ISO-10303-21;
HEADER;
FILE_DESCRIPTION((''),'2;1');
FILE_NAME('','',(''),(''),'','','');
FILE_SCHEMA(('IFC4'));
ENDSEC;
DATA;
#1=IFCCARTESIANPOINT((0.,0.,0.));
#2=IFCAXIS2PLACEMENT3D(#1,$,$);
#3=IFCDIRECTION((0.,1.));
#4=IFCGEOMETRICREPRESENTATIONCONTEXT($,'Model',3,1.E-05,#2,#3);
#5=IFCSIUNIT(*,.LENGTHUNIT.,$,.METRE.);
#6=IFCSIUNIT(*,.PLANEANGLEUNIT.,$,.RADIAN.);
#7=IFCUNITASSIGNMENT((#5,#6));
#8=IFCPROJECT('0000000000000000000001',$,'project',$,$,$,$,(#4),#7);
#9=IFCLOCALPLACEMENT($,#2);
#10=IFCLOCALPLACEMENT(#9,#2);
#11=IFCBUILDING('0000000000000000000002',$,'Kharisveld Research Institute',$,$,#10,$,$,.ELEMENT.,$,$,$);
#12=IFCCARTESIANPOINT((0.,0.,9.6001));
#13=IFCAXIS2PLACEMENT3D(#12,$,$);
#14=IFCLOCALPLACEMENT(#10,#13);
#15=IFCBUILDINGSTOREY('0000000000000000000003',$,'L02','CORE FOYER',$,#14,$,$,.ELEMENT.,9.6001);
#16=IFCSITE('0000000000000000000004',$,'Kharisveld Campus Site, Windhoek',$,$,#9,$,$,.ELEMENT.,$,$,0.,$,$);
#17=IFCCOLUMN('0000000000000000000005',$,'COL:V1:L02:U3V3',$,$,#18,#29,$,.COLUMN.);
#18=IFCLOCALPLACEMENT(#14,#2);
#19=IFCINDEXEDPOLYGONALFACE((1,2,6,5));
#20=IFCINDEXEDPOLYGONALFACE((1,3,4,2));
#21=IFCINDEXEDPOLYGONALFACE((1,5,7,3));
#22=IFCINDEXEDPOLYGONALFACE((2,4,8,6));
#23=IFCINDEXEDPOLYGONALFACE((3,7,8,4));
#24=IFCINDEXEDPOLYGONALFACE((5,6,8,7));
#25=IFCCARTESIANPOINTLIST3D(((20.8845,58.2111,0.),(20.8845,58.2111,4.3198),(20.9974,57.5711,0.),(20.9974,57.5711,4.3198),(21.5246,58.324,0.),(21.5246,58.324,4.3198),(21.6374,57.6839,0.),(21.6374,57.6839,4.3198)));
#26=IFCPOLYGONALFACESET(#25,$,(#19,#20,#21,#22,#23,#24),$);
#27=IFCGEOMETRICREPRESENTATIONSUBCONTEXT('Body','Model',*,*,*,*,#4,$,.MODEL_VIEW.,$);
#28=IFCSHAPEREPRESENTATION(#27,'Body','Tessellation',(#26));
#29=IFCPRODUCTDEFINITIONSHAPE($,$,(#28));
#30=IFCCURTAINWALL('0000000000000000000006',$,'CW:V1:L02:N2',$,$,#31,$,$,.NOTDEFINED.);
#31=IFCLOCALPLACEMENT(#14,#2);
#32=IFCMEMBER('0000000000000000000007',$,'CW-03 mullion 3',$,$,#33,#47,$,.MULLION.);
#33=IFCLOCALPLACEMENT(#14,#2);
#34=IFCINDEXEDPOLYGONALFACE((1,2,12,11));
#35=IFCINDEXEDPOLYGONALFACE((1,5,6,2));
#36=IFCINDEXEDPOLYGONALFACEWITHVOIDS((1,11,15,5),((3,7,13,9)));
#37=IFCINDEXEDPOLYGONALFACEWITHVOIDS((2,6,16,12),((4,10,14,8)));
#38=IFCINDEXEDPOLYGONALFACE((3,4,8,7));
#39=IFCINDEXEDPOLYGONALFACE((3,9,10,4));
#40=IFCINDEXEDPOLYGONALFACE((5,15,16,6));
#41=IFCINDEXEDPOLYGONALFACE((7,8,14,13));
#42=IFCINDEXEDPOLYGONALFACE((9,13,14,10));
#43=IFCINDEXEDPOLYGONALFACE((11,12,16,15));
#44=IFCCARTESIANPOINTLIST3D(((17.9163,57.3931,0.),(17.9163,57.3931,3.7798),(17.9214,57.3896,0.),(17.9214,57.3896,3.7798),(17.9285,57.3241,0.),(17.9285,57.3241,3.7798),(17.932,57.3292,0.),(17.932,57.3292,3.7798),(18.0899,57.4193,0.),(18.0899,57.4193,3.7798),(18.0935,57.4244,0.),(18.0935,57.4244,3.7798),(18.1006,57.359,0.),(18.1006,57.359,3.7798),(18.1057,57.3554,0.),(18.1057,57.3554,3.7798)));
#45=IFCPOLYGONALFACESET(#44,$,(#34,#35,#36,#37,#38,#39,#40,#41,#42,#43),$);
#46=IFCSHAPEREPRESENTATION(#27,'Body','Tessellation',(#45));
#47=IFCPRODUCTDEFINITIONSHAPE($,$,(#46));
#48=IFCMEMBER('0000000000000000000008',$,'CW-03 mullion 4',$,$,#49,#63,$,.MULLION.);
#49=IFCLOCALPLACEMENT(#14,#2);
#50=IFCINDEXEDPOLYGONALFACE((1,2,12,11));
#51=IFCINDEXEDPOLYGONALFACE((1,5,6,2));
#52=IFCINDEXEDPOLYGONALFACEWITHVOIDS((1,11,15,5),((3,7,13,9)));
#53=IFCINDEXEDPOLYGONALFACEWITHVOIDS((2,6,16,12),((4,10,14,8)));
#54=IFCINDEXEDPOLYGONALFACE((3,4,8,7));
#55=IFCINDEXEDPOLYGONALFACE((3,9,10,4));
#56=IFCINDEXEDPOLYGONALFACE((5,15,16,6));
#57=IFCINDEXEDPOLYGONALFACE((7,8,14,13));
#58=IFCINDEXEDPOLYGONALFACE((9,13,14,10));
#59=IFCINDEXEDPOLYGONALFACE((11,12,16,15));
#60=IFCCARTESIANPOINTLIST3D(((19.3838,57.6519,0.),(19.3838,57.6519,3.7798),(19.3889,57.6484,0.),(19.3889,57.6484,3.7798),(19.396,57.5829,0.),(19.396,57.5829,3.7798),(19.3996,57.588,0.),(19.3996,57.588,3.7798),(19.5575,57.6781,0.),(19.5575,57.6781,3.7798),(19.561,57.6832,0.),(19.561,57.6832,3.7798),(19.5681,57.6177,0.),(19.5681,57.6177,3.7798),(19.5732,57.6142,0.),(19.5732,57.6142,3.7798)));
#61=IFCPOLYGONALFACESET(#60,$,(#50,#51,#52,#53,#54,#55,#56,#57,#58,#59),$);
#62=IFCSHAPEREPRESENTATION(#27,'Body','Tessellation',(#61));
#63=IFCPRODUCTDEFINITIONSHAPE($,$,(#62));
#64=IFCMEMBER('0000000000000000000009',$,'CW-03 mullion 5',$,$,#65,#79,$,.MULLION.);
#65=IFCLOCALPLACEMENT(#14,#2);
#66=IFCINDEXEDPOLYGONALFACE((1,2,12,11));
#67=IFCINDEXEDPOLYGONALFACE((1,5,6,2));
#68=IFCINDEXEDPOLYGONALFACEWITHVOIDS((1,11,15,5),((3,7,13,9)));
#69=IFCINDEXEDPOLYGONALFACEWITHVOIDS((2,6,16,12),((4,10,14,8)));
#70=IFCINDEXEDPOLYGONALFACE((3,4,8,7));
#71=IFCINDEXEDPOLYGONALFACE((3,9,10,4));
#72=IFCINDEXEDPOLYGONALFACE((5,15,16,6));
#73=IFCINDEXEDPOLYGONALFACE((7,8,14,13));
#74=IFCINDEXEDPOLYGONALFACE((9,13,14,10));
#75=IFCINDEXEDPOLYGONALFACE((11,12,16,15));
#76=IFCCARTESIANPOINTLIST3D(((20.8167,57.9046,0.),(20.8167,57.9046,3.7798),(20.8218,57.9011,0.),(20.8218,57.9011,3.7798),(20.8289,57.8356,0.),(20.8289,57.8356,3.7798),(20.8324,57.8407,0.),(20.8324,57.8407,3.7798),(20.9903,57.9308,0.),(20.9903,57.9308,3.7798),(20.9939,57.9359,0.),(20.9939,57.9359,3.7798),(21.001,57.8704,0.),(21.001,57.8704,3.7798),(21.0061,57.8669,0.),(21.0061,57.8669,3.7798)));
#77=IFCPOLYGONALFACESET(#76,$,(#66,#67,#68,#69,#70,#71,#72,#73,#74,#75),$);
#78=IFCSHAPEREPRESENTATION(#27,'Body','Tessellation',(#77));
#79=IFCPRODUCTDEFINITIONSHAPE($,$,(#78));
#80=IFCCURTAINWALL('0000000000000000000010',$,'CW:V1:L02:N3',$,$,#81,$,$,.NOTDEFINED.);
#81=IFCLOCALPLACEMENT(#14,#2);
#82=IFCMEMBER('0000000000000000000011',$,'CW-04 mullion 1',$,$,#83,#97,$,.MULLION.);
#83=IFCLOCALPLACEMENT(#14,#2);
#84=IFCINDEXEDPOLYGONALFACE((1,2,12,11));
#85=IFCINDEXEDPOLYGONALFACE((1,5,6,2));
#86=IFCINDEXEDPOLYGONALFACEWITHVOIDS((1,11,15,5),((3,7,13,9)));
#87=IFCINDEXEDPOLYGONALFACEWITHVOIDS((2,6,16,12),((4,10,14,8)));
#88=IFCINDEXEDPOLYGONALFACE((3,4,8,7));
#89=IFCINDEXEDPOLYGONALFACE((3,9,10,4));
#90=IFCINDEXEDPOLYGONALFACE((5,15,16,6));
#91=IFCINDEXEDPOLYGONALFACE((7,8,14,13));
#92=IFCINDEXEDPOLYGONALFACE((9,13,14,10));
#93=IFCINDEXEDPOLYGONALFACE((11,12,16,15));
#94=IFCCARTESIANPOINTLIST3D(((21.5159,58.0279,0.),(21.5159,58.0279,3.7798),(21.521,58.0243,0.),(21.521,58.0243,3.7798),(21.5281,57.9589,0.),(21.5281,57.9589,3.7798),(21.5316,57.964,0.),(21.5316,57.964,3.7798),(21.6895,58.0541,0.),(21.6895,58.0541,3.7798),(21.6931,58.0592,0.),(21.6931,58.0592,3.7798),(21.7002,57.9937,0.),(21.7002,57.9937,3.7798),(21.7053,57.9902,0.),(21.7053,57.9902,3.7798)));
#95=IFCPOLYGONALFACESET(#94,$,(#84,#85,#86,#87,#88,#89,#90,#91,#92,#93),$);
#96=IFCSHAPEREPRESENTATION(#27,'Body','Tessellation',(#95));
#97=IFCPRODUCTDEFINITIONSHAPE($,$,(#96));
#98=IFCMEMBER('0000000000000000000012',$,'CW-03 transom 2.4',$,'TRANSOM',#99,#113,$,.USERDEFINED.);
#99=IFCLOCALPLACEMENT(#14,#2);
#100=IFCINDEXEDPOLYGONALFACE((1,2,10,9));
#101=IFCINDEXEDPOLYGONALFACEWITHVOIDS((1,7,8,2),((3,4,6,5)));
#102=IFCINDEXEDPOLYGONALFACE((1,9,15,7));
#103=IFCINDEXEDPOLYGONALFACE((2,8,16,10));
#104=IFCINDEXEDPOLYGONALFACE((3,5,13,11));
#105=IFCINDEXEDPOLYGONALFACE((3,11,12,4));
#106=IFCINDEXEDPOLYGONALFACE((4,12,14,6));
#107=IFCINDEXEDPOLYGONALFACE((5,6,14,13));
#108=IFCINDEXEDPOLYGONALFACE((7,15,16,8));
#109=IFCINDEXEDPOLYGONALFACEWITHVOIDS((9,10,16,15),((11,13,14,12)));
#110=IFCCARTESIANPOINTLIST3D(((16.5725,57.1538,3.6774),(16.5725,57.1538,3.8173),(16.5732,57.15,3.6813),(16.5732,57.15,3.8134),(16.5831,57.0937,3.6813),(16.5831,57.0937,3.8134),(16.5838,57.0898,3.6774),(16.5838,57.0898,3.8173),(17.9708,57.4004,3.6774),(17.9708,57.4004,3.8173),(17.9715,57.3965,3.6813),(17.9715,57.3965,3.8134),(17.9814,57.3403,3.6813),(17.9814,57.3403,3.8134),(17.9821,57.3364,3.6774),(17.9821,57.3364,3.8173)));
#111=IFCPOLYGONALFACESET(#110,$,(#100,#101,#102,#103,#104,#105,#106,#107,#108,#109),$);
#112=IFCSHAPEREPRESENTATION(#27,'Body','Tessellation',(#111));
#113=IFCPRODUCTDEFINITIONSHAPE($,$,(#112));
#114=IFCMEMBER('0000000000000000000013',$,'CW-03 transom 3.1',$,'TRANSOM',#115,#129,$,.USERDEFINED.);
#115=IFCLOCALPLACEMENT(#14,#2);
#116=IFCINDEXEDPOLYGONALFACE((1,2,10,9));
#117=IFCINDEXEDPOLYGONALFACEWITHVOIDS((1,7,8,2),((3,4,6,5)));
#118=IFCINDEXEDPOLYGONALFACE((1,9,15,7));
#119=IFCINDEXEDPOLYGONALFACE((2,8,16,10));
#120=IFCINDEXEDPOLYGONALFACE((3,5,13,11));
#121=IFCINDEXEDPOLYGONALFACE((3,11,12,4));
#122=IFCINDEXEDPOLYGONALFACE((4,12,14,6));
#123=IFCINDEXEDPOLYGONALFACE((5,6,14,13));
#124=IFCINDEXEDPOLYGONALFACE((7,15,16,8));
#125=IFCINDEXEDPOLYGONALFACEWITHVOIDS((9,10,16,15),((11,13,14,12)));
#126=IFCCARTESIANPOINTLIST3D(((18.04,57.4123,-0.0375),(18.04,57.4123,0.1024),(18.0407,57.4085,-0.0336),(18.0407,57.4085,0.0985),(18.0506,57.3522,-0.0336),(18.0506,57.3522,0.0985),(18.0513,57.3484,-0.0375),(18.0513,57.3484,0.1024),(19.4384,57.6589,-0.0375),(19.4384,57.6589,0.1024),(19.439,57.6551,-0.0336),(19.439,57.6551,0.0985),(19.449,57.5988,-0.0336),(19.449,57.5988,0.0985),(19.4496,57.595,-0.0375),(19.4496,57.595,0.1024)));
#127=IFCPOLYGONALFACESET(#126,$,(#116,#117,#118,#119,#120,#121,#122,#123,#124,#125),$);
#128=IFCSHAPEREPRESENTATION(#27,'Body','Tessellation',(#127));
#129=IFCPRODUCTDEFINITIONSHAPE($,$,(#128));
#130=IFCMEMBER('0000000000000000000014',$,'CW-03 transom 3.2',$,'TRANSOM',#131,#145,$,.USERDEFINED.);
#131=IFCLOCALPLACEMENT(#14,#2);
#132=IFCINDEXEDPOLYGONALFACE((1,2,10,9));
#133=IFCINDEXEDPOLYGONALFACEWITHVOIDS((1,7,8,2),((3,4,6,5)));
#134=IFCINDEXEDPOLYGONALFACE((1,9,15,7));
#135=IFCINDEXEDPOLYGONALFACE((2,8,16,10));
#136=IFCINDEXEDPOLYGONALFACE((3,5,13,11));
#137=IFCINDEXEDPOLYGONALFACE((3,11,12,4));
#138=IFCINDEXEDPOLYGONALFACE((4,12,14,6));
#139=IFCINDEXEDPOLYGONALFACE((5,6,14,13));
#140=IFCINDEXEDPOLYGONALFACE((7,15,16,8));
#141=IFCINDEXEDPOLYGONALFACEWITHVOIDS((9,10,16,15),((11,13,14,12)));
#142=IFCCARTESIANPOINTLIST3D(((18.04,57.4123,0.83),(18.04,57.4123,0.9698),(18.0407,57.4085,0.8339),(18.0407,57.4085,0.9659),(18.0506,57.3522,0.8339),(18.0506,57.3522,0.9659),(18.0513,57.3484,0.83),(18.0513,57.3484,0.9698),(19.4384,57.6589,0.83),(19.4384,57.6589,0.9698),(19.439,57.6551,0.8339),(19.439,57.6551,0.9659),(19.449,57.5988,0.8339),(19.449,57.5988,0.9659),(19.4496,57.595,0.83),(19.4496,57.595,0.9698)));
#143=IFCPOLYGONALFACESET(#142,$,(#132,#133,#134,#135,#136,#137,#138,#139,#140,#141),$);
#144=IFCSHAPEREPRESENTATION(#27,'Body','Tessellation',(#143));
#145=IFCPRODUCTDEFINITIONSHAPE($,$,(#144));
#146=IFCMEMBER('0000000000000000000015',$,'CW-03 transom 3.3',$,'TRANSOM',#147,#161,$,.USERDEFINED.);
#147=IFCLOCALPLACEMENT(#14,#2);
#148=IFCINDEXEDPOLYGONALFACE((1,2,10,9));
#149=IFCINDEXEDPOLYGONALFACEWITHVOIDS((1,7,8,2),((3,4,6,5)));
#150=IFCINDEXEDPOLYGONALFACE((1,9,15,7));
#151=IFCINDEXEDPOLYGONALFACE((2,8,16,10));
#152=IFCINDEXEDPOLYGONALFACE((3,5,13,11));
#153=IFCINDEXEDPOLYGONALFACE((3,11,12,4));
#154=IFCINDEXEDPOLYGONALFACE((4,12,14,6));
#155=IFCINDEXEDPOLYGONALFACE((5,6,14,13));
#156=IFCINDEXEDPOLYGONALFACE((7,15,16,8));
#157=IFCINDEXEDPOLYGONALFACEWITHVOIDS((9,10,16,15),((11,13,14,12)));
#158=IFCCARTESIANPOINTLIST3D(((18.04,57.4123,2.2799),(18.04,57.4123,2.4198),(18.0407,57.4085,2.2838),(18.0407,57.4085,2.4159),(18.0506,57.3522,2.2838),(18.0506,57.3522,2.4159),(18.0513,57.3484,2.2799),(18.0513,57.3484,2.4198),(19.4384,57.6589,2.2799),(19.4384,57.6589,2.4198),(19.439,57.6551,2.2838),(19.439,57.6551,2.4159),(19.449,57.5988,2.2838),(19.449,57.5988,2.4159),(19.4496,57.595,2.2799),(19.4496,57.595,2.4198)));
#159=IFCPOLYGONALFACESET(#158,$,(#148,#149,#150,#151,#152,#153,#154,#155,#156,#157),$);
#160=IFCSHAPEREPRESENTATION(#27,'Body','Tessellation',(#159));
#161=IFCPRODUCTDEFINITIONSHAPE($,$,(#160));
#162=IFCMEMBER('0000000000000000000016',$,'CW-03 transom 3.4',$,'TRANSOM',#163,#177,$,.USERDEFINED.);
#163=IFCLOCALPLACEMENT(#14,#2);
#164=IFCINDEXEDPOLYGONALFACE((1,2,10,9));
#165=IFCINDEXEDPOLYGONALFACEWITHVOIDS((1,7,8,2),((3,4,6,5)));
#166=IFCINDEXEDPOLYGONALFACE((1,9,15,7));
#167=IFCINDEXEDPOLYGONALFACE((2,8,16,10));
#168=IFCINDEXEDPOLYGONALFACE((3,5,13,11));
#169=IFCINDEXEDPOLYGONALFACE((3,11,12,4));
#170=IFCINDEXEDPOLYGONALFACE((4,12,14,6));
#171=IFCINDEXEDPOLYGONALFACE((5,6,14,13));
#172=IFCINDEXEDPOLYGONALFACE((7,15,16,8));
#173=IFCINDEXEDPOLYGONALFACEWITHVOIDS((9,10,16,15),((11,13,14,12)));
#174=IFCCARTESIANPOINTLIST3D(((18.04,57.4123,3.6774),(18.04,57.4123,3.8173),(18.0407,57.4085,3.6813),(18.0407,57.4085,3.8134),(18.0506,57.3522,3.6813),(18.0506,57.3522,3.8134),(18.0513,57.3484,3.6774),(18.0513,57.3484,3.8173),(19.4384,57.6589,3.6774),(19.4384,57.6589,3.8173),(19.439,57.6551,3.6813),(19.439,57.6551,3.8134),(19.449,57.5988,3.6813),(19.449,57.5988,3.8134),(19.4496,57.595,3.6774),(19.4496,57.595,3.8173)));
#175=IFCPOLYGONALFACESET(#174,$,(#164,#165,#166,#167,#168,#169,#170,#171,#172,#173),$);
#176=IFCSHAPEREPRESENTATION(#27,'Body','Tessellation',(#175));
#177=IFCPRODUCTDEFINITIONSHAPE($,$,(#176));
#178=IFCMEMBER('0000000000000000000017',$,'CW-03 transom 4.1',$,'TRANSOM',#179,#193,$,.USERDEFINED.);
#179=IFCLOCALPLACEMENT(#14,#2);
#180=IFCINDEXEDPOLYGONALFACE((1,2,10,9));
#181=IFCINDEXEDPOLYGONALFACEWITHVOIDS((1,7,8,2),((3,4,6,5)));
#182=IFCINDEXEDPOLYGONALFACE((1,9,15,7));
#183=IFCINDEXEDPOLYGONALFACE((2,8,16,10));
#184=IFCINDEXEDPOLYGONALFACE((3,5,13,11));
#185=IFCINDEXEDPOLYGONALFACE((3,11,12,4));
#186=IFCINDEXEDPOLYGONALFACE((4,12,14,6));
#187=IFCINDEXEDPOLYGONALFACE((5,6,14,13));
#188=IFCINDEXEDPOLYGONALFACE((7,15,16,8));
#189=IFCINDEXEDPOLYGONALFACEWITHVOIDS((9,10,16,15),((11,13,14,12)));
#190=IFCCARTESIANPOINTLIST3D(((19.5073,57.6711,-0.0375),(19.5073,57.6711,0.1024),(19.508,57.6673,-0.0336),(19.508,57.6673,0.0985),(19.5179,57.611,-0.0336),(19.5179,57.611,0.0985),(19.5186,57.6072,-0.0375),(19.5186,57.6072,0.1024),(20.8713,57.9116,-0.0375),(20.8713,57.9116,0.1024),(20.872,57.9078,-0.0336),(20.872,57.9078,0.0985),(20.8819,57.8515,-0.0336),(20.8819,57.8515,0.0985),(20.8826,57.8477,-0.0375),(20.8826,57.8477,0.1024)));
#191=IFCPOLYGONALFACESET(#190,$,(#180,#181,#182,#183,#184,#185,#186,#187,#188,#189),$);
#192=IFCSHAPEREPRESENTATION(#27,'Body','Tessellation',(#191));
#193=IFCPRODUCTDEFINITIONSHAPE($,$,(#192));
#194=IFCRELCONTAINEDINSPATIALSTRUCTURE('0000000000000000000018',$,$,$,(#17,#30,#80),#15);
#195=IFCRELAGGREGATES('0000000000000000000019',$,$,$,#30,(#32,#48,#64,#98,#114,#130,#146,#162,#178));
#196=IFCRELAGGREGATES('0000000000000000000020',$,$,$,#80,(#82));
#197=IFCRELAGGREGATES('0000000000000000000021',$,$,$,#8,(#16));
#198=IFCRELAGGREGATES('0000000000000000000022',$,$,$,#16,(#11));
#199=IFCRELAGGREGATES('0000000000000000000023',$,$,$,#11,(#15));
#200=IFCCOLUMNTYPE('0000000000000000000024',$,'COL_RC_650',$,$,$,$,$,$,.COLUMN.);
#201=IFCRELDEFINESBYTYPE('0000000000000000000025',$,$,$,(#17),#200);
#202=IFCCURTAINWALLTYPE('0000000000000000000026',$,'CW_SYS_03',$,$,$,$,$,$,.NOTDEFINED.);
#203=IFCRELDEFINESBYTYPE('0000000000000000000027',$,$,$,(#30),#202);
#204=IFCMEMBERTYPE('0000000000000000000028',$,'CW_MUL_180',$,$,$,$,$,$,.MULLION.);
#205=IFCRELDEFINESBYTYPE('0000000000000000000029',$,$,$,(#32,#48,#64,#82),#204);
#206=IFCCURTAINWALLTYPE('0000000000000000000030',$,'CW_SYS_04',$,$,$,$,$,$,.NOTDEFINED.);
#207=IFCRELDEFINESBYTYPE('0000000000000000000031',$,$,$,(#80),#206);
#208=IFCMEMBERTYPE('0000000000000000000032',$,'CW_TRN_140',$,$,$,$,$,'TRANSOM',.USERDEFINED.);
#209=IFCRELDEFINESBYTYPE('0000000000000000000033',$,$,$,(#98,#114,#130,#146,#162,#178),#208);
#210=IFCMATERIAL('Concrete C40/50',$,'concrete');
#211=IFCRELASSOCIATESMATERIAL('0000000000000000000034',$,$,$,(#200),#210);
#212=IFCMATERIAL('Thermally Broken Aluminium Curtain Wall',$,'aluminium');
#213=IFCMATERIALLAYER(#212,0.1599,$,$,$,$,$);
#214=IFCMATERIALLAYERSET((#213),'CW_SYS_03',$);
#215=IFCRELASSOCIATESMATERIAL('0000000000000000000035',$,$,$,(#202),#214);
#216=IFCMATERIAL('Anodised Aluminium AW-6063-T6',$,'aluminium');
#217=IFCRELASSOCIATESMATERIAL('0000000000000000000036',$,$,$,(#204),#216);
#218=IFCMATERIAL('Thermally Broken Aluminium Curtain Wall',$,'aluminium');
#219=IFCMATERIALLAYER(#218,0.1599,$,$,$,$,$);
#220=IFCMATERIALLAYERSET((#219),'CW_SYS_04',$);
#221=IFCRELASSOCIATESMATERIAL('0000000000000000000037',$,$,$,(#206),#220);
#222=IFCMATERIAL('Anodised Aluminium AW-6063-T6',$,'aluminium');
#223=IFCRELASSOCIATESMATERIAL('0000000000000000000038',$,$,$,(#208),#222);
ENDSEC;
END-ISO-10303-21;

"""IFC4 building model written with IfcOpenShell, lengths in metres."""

from ifc_helpers import new_model, si_unit, direction, frame, origin, origin_2d, place, context, subcontext, project, spatial, rectangle, hollow_rectangle, extrude, material, layer, layer_set, material_profile, profile_set, type_object, element, aggregate, save


model = new_model("IFC4")

# Units and contexts
model_context = context("Model", 3, precision=1e-05, world=origin(), true_north=direction((0.0, 1.0)))
body_context = subcontext(model_context, "Body", "Model", "MODEL_VIEW")
ifc_project = project(units=[si_unit("LENGTHUNIT", "METRE"), si_unit("PLANEANGLEUNIT", "RADIAN")], contexts=[model_context])

# Site, building, storey
site_placement = place(None, origin())
site = spatial("IfcSite", under=ifc_project, at=site_placement, Name="Kharisveld Campus Site, Windhoek", CompositionType="ELEMENT", RefElevation=0.0)
building_placement = place(site_placement, origin())
building = spatial("IfcBuilding", under=site, at=building_placement, Name="Kharisveld Research Institute", CompositionType="ELEMENT")
storey_placement = place(building_placement, frame((0.0, 0.0, 9.6001)))
storey = spatial("IfcBuildingStorey", under=building, at=storey_placement, Name="L02", Description="CORE FOYER", CompositionType="ELEMENT", Elevation=9.6001)

# Column
ifc_material_1 = material(Name="Concrete C40/50", Category="concrete")
ifc_material_profile_1 = material_profile(ifc_material_1, rectangle(XDim=0.6499, YDim=0.6499, at=origin_2d()))
ifc_profile_set_1 = profile_set([ifc_material_profile_1], Name="Concrete C40/50")
column_type = type_object("IfcColumnType", Name="COL_RC_650", PredefinedType="COLUMN", material=ifc_profile_set_1)
column_placement = place(storey_placement, frame((21.261, 57.9475, 0.0), z_axis=(0.0, 0.0, 1.0), x_axis=(0.984808, 0.173648, 0.0)))
element("IfcColumn", 1, at=column_placement, inside=storey, type_object=column_type, Name="COL:V1:L02:U3V3", PredefinedType="COLUMN", context=body_context, shape_type="SweptSolid", body=[
    extrude(rectangle(XDim=0.6499, YDim=0.6499, at=origin_2d()), origin(), (0.0, 0.0, 1.0), 4.3198),
])

# Curtain wall, members
ifc_material_2 = material(Name="Thermally Broken Aluminium Curtain Wall", Category="aluminium")
ifc_layer_1 = layer(ifc_material_2, 0.1599)
ifc_layer_set_1 = layer_set([ifc_layer_1], Name="CW_SYS_03")
curtain_wall_type_1 = type_object("IfcCurtainWallType", Name="CW_SYS_03", PredefinedType="NOTDEFINED", material=ifc_layer_set_1)
curtain_wall_1_placement = place(storey_placement, origin())
curtain_wall_1 = element("IfcCurtainWall", 2, at=curtain_wall_1_placement, inside=storey, type_object=curtain_wall_type_1, Name="CW:V1:L02:N2", PredefinedType="NOTDEFINED")
ifc_material_3 = material(Name="Anodised Aluminium AW-6063-T6", Category="aluminium")
ifc_material_profile_2 = material_profile(ifc_material_3, hollow_rectangle(XDim=0.0701, YDim=0.1799, WallThickness=0.0044, at=origin_2d()))
ifc_profile_set_2 = profile_set([ifc_material_profile_2], Name="Anodised Aluminium AW-6063-T6")
member_type_1 = type_object("IfcMemberType", Name="CW_MUL_180", PredefinedType="MULLION", material=ifc_profile_set_2)
member_1_placement = place(storey_placement, frame((18.011, 57.3743, 0.0), z_axis=(0.0, 0.0, 1.0), x_axis=(-0.173648, 0.984808, 0.0)))
member_1 = element("IfcMember", 3, at=member_1_placement, type_object=member_type_1, Name="CW-03 mullion 3", PredefinedType="MULLION", context=body_context, shape_type="SweptSolid", body=[
    extrude(hollow_rectangle(XDim=0.0701, YDim=0.1799, WallThickness=0.0044, at=origin_2d()), origin(), (0.0, 0.0, 1.0), 3.7798),
])
member_2_placement = place(storey_placement, frame((19.4785, 57.6331, 0.0), z_axis=(0.0, 0.0, 1.0), x_axis=(-0.173648, 0.984808, 0.0)))
member_2 = element("IfcMember", 4, at=member_2_placement, type_object=member_type_1, Name="CW-03 mullion 4", PredefinedType="MULLION", context=body_context, shape_type="SweptSolid", body=[
    extrude(hollow_rectangle(XDim=0.0701, YDim=0.1799, WallThickness=0.0044, at=origin_2d()), origin(), (0.0, 0.0, 1.0), 3.7798),
])
member_3_placement = place(storey_placement, frame((20.9114, 57.8857, 0.0), z_axis=(0.0, 0.0, 1.0), x_axis=(-0.173648, 0.984808, 0.0)))
member_3 = element("IfcMember", 5, at=member_3_placement, type_object=member_type_1, Name="CW-03 mullion 5", PredefinedType="MULLION", context=body_context, shape_type="SweptSolid", body=[
    extrude(hollow_rectangle(XDim=0.0701, YDim=0.1799, WallThickness=0.0044, at=origin_2d()), origin(), (0.0, 0.0, 1.0), 3.7798),
])

# Curtain wall, member
ifc_material_4 = material(Name="Thermally Broken Aluminium Curtain Wall", Category="aluminium")
ifc_layer_2 = layer(ifc_material_4, 0.1599)
ifc_layer_set_2 = layer_set([ifc_layer_2], Name="CW_SYS_04")
curtain_wall_type_2 = type_object("IfcCurtainWallType", Name="CW_SYS_04", PredefinedType="NOTDEFINED", material=ifc_layer_set_2)
curtain_wall_2_placement = place(storey_placement, origin())
curtain_wall_2 = element("IfcCurtainWall", 6, at=curtain_wall_2_placement, inside=storey, type_object=curtain_wall_type_2, Name="CW:V1:L02:N3", PredefinedType="NOTDEFINED")
member_4_placement = place(storey_placement, frame((21.6106, 58.009, 0.0), z_axis=(0.0, 0.0, 1.0), x_axis=(-0.173648, 0.984808, 0.0)))
member_4 = element("IfcMember", 7, at=member_4_placement, type_object=member_type_1, Name="CW-04 mullion 1", PredefinedType="MULLION", context=body_context, shape_type="SweptSolid", body=[
    extrude(hollow_rectangle(XDim=0.0701, YDim=0.1799, WallThickness=0.0044, at=origin_2d()), origin(), (0.0, 0.0, 1.0), 3.7798),
])

# Members
ifc_material_5 = material(Name="Anodised Aluminium AW-6063-T6", Category="aluminium")
ifc_material_profile_3 = material_profile(ifc_material_5, hollow_rectangle(XDim=0.0649, YDim=0.1399, WallThickness=0.0039, at=origin_2d()))
ifc_profile_set_3 = profile_set([ifc_material_profile_3], Name="Anodised Aluminium AW-6063-T6")
member_type_2 = type_object("IfcMemberType", Name="CW_TRN_140", ElementType="TRANSOM", PredefinedType="USERDEFINED", material=ifc_profile_set_3)
member_5_placement = place(storey_placement, frame((16.5781, 57.1218, 3.7473), z_axis=(0.984808, 0.173648, 0.0), x_axis=(-0.173648, 0.984808, 0.0)))
member_5 = element("IfcMember", 8, at=member_5_placement, type_object=member_type_2, Name="CW-03 transom 2.4", ObjectType="TRANSOM", PredefinedType="USERDEFINED", context=body_context, shape_type="SweptSolid", body=[
    extrude(hollow_rectangle(XDim=0.0649, YDim=0.1399, WallThickness=0.0039, at=origin_2d()), origin(), (0.0, 0.0, 1.0), 1.4199),
])
member_6_placement = place(storey_placement, frame((18.0457, 57.3804, 0.0325), z_axis=(0.984808, 0.173648, 0.0), x_axis=(-0.173648, 0.984808, 0.0)))
member_6 = element("IfcMember", 9, at=member_6_placement, type_object=member_type_2, Name="CW-03 transom 3.1", ObjectType="TRANSOM", PredefinedType="USERDEFINED", context=body_context, shape_type="SweptSolid", body=[
    extrude(hollow_rectangle(XDim=0.0649, YDim=0.1399, WallThickness=0.0039, at=origin_2d()), origin(), (0.0, 0.0, 1.0), 1.4199),
])
member_7_placement = place(storey_placement, frame((18.0457, 57.3804, 0.8999), z_axis=(0.984808, 0.173648, 0.0), x_axis=(-0.173648, 0.984808, 0.0)))
member_7 = element("IfcMember", 10, at=member_7_placement, type_object=member_type_2, Name="CW-03 transom 3.2", ObjectType="TRANSOM", PredefinedType="USERDEFINED", context=body_context, shape_type="SweptSolid", body=[
    extrude(hollow_rectangle(XDim=0.0649, YDim=0.1399, WallThickness=0.0039, at=origin_2d()), origin(), (0.0, 0.0, 1.0), 1.4199),
])
member_8_placement = place(storey_placement, frame((18.0457, 57.3804, 2.3499), z_axis=(0.984808, 0.173648, 0.0), x_axis=(-0.173648, 0.984808, 0.0)))
member_8 = element("IfcMember", 11, at=member_8_placement, type_object=member_type_2, Name="CW-03 transom 3.3", ObjectType="TRANSOM", PredefinedType="USERDEFINED", context=body_context, shape_type="SweptSolid", body=[
    extrude(hollow_rectangle(XDim=0.0649, YDim=0.1399, WallThickness=0.0039, at=origin_2d()), origin(), (0.0, 0.0, 1.0), 1.4199),
])
member_9_placement = place(storey_placement, frame((18.0457, 57.3804, 3.7473), z_axis=(0.984808, 0.173648, 0.0), x_axis=(-0.173648, 0.984808, 0.0)))
member_9 = element("IfcMember", 12, at=member_9_placement, type_object=member_type_2, Name="CW-03 transom 3.4", ObjectType="TRANSOM", PredefinedType="USERDEFINED", context=body_context, shape_type="SweptSolid", body=[
    extrude(hollow_rectangle(XDim=0.0649, YDim=0.1399, WallThickness=0.0039, at=origin_2d()), origin(), (0.0, 0.0, 1.0), 1.4199),
])
member_10_placement = place(storey_placement, frame((19.5129, 57.6392, 0.0325), z_axis=(0.984812, 0.173624, 0.0), x_axis=(-0.173624, 0.984812, 0.0)))
member_10 = element("IfcMember", 13, at=member_10_placement, type_object=member_type_2, Name="CW-03 transom 4.1", ObjectType="TRANSOM", PredefinedType="USERDEFINED", context=body_context, shape_type="SweptSolid", body=[
    extrude(hollow_rectangle(XDim=0.0649, YDim=0.1399, WallThickness=0.0039, at=origin_2d()), origin(), (0.0, 0.0, 1.0), 1.385),
])

aggregate(curtain_wall_1, [member_1, member_2, member_3, member_5, member_6, member_7, member_8, member_9, member_10])
aggregate(curtain_wall_2, [member_4])

save(model, "model.ifc")
